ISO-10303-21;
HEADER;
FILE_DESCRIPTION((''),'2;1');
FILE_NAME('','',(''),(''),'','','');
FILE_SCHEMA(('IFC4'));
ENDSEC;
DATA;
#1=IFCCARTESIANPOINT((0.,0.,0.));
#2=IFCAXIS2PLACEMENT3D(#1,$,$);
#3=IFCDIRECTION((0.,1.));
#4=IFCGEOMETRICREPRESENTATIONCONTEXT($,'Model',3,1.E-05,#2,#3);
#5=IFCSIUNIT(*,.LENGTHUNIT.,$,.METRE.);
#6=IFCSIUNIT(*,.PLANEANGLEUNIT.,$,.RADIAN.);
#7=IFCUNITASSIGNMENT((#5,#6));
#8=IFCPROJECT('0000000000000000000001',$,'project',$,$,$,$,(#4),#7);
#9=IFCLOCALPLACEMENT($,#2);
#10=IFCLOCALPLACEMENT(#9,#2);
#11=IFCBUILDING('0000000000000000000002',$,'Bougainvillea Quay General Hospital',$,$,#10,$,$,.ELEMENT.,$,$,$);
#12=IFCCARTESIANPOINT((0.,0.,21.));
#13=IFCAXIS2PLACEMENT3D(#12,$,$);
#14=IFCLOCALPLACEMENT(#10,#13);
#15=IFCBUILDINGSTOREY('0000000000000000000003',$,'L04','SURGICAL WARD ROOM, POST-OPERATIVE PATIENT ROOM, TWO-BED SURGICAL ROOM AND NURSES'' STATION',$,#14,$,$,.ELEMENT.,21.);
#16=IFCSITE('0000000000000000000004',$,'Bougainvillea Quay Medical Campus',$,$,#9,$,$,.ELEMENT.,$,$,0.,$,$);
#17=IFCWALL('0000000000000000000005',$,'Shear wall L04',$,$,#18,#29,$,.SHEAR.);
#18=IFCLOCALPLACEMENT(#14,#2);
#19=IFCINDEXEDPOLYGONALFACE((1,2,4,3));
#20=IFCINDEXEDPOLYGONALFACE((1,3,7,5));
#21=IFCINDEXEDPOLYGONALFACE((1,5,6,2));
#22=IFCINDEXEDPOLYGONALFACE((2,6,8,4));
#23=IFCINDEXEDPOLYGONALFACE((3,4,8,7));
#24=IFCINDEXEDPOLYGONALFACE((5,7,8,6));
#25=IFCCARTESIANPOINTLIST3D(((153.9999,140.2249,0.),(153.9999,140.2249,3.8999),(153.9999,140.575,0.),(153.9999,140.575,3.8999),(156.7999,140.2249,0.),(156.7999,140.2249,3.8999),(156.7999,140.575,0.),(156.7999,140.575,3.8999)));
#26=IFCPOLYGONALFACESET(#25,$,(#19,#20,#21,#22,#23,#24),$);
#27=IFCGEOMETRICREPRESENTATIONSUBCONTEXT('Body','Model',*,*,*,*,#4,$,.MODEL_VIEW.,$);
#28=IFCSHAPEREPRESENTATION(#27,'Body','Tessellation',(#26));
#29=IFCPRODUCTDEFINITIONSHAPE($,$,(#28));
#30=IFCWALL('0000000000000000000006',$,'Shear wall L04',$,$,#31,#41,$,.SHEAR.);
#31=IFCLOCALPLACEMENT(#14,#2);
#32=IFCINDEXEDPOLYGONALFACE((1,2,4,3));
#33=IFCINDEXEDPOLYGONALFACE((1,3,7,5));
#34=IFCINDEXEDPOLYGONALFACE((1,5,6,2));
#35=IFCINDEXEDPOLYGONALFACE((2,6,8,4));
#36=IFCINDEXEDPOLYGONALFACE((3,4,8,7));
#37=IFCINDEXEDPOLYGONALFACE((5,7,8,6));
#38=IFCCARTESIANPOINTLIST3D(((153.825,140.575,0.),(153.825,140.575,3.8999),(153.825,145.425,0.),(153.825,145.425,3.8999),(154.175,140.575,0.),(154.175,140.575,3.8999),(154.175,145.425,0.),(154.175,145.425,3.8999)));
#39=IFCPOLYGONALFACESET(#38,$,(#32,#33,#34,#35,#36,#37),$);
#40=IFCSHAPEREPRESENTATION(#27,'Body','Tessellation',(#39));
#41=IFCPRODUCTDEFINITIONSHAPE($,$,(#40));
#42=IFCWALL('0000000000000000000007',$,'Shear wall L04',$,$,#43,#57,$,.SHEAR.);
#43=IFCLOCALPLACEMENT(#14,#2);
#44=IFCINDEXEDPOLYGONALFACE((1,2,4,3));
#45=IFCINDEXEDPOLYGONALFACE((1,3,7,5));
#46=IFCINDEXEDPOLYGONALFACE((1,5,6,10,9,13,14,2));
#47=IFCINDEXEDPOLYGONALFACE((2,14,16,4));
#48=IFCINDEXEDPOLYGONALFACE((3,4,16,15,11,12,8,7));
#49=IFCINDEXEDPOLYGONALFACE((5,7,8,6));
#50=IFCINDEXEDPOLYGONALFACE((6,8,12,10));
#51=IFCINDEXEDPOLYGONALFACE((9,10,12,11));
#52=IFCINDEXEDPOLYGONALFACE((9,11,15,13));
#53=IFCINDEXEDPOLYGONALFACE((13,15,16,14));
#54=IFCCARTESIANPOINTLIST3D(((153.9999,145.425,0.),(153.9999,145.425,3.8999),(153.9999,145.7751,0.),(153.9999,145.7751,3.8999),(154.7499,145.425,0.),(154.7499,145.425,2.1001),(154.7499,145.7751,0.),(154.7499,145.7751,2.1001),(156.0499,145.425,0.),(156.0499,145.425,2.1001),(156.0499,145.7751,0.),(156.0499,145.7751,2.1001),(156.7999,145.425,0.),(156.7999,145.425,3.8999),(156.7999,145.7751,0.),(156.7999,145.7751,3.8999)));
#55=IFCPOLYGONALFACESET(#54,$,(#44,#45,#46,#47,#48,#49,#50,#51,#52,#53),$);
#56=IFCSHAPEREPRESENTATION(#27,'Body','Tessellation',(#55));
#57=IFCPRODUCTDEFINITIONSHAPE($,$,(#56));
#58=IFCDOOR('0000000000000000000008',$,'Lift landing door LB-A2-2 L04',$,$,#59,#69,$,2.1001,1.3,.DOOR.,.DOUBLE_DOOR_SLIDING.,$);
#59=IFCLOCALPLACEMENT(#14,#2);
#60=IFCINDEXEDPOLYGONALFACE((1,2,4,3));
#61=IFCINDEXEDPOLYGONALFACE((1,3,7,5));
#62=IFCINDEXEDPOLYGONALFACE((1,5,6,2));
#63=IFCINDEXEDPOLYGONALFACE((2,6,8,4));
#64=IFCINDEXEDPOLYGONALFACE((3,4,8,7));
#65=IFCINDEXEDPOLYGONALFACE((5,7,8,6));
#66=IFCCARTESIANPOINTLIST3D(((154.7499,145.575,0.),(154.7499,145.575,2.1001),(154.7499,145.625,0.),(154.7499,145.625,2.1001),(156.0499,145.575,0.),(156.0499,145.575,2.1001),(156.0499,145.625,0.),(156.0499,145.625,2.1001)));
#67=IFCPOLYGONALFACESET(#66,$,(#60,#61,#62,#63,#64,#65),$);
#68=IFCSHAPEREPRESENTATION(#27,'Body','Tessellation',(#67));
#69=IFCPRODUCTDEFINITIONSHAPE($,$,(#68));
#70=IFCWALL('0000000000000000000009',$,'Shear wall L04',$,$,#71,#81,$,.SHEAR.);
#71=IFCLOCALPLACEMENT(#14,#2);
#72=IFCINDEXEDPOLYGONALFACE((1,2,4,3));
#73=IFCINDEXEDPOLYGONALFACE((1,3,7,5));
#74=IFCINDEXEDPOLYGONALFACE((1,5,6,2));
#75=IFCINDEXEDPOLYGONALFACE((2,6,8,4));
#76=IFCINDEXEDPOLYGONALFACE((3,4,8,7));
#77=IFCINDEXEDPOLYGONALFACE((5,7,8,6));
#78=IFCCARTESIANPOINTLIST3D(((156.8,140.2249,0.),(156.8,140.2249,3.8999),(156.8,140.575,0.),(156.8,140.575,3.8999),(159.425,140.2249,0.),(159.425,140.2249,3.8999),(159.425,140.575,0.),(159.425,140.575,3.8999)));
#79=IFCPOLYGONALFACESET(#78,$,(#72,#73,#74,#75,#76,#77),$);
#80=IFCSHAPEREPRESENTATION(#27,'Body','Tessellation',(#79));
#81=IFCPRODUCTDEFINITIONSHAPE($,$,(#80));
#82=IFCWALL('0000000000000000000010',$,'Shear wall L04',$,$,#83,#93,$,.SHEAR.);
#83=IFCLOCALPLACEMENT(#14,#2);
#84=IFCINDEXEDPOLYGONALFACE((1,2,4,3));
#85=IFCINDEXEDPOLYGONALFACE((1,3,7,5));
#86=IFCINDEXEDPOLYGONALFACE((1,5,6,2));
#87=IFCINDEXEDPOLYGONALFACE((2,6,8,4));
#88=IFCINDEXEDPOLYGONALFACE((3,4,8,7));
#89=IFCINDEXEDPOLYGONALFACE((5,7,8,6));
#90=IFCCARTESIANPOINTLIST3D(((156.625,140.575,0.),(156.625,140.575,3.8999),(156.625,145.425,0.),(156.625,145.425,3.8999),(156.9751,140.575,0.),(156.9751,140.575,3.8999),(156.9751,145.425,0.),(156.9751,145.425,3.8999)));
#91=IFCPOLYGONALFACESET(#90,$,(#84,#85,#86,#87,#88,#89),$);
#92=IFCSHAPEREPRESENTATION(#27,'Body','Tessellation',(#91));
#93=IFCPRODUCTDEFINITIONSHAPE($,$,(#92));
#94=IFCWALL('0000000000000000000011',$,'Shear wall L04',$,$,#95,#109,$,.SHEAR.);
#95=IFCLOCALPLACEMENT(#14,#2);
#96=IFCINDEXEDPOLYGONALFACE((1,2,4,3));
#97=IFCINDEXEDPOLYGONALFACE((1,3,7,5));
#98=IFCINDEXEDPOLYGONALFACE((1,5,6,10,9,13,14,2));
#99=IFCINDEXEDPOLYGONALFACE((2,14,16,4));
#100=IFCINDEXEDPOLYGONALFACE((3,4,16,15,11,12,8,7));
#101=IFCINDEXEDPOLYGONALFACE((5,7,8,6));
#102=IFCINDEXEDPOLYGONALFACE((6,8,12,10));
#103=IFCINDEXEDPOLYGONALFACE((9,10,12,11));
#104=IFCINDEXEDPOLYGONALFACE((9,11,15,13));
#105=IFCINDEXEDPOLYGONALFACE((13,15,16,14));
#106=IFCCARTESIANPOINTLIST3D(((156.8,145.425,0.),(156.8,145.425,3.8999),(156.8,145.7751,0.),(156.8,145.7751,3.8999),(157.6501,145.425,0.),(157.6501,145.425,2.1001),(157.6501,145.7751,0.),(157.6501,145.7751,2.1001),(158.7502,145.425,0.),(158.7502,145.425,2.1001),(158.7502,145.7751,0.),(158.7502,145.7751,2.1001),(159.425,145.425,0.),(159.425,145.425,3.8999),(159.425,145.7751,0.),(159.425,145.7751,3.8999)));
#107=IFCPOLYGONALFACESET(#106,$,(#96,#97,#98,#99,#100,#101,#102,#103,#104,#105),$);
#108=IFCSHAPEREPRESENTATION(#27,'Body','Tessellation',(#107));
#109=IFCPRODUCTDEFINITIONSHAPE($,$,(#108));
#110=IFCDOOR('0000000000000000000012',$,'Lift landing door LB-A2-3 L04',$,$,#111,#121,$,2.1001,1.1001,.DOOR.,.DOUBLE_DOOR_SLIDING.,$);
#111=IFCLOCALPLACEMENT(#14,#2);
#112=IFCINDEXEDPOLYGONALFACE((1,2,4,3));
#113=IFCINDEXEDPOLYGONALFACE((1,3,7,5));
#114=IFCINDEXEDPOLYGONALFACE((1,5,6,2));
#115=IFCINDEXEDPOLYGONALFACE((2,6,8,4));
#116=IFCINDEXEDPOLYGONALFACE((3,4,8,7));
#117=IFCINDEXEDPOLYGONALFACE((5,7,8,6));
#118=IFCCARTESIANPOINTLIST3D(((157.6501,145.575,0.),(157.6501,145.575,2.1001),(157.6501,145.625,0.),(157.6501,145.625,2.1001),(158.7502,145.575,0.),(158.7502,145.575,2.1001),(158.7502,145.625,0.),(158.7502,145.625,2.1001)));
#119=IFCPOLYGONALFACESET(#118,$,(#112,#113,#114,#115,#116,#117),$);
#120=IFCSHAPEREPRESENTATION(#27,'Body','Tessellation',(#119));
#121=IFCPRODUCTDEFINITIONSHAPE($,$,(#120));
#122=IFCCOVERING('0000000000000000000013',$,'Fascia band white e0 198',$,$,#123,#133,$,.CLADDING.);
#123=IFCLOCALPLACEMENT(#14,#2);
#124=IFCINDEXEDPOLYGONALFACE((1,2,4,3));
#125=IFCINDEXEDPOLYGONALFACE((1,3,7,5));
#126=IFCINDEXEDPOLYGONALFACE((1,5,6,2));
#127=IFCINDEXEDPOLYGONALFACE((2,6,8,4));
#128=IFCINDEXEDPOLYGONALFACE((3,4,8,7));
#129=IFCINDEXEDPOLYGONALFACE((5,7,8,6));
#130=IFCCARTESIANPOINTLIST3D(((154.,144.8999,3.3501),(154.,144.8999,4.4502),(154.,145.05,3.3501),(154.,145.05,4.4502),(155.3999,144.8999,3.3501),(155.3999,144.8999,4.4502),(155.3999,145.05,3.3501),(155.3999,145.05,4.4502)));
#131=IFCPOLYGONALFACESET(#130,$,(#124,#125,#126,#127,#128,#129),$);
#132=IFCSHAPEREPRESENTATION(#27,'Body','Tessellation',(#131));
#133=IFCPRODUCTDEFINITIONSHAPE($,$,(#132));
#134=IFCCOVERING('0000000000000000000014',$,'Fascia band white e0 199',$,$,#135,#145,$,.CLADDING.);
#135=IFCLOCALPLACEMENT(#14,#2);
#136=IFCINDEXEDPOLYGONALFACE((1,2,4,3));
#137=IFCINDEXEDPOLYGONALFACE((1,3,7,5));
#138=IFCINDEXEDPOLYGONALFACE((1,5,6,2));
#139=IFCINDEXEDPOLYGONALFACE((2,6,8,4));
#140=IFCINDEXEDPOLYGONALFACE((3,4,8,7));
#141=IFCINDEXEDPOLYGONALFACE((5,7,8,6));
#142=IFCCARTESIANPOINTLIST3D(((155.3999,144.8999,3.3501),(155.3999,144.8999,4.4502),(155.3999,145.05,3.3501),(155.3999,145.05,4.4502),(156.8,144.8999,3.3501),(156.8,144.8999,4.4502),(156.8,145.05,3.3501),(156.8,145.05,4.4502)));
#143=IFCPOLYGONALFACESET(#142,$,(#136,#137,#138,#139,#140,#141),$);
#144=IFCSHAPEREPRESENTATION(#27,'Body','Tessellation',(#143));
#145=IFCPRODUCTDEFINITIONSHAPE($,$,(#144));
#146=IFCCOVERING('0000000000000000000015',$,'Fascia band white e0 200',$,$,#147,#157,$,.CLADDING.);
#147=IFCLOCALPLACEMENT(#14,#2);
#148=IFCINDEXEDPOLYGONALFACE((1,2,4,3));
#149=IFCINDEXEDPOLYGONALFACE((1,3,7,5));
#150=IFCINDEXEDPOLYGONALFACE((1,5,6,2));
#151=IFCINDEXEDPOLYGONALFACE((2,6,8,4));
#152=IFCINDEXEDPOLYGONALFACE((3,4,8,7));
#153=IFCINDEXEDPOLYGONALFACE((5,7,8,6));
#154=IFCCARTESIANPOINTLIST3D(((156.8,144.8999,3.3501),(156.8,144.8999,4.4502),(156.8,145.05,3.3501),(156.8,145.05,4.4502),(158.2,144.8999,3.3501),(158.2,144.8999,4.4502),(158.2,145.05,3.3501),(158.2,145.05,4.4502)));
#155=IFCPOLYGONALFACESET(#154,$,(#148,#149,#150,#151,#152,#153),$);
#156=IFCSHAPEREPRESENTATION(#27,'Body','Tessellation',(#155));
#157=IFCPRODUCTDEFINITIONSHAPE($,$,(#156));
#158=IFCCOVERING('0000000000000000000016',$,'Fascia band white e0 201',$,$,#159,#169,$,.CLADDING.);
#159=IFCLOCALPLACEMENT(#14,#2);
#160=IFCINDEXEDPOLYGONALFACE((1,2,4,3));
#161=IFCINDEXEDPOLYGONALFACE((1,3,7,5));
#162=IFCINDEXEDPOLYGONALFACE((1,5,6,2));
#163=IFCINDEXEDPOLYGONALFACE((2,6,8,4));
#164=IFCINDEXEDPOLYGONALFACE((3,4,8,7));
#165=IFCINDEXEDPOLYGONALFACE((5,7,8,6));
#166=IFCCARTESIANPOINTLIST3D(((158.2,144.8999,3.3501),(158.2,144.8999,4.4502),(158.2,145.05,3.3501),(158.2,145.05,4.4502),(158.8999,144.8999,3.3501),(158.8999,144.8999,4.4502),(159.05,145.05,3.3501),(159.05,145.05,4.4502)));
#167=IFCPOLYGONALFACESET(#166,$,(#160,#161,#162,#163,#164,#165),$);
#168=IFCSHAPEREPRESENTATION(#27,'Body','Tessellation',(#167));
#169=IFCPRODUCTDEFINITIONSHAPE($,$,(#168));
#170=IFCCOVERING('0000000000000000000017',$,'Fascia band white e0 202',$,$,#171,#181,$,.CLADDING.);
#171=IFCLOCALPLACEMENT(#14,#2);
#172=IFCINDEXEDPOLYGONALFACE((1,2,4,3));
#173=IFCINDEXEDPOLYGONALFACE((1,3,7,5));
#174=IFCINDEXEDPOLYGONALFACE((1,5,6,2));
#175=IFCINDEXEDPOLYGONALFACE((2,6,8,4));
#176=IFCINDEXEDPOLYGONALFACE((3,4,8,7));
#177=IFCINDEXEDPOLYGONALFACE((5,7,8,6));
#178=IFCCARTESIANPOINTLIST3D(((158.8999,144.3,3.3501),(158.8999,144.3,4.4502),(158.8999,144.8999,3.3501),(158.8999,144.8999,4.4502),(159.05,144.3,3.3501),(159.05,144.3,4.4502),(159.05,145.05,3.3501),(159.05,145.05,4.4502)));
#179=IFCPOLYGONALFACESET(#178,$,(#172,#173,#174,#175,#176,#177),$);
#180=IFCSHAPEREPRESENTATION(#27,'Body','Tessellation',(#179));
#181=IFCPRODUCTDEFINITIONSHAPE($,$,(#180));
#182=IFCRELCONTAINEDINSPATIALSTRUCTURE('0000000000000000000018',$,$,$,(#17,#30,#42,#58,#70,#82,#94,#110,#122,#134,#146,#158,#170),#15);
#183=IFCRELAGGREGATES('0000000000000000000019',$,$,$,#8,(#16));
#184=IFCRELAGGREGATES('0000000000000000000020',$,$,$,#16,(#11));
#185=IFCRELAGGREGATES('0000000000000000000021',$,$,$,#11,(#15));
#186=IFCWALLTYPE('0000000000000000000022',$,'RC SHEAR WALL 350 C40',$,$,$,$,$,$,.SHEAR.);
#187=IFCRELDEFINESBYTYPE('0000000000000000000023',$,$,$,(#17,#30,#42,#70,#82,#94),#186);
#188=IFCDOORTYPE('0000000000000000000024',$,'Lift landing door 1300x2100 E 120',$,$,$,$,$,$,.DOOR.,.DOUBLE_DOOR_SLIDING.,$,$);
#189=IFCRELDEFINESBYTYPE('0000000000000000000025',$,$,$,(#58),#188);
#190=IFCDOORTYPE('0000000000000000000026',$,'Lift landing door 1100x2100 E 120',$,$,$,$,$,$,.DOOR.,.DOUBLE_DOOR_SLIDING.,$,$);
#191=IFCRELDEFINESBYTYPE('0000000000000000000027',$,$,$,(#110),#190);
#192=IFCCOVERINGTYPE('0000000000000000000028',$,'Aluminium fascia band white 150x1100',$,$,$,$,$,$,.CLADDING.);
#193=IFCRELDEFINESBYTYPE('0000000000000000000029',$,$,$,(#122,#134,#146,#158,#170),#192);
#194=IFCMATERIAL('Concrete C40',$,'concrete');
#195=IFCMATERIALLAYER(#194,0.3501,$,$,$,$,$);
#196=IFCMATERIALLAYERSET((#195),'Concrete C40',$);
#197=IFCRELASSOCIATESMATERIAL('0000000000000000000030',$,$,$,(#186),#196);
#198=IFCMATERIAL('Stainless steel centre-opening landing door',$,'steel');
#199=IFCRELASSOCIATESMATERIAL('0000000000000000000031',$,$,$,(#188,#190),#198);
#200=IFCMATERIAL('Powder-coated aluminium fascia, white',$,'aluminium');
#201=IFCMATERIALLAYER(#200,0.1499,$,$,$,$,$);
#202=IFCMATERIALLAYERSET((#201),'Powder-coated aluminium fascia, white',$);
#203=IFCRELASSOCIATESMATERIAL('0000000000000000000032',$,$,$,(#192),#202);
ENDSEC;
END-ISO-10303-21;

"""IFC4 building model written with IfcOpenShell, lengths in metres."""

from ifc_helpers import new_model, si_unit, direction, frame, frame_2d, origin, place, context, subcontext, project, spatial, polyline, rectangle, outline, extrude, material, layer, layer_set, type_object, element, fill, save


model = new_model("IFC4")

# Units and contexts
model_context = context("Model", 3, precision=1e-05, world=origin(), true_north=direction((0.0, 1.0)))
body_context = subcontext(model_context, "Body", "Model", "MODEL_VIEW")
ifc_project = project(units=[si_unit("LENGTHUNIT", "METRE"), si_unit("PLANEANGLEUNIT", "RADIAN")], contexts=[model_context])

# Site, building, storey
site_placement = place(None, origin())
site = spatial("IfcSite", under=ifc_project, at=site_placement, Name="Bougainvillea Quay Medical Campus", CompositionType="ELEMENT", RefElevation=0.0)
building_placement = place(site_placement, origin())
building = spatial("IfcBuilding", under=site, at=building_placement, Name="Bougainvillea Quay General Hospital", CompositionType="ELEMENT")
storey_placement = place(building_placement, frame((0.0, 0.0, 21.0)))
storey = spatial("IfcBuildingStorey", under=building, at=storey_placement, Name="L04", Description="SURGICAL WARD ROOM, POST-OPERATIVE PATIENT ROOM, TWO-BED SURGICAL ROOM AND NURSES' STATION", CompositionType="ELEMENT", Elevation=21.0)

# Walls
ifc_material_1 = material(Name="Concrete C40", Category="concrete")
ifc_layer_1 = layer(ifc_material_1, 0.3501)
ifc_layer_set_1 = layer_set([ifc_layer_1], Name="Concrete C40")
wall_type = type_object("IfcWallType", Name="RC SHEAR WALL 350 C40", PredefinedType="SHEAR", material=ifc_layer_set_1)
wall_1_placement = place(storey_placement, frame((154.0, 140.3999, 0.0), z_axis=(0.0, 0.0, 1.0), x_axis=(1.0, 0.0, 0.0)))
element("IfcWall", 1, at=wall_1_placement, inside=storey, type_object=wall_type, Name="Shear wall L04", PredefinedType="SHEAR", context=body_context, shape_type="SweptSolid", body=[
    extrude(rectangle(XDim=2.8, YDim=0.3501, at=frame_2d((1.3999, 0.0))), origin(), (0.0, 0.0, 1.0), 3.8999),
])
wall_2_placement = place(storey_placement, frame((154.0, 140.575, 0.0), z_axis=(0.0, 0.0, 1.0), x_axis=(0.0, 1.0, 0.0)))
element("IfcWall", 2, at=wall_2_placement, inside=storey, type_object=wall_type, Name="Shear wall L04", PredefinedType="SHEAR", context=body_context, shape_type="SweptSolid", body=[
    extrude(rectangle(XDim=4.8501, YDim=0.3501, at=frame_2d((2.425, 0.0))), origin(), (0.0, 0.0, 1.0), 3.8999),
])

# Wall, opening, door
wall_3_placement = place(storey_placement, frame((154.0, 145.6001, 0.0), z_axis=(0.0, 0.0, 1.0), x_axis=(1.0, 0.0, 0.0)))
wall_3 = element("IfcWall", 3, at=wall_3_placement, inside=storey, type_object=wall_type, Name="Shear wall L04", PredefinedType="SHEAR", context=body_context, shape_type="SweptSolid", body=[
    extrude(rectangle(XDim=2.8, YDim=0.3501, at=frame_2d((1.3999, 0.0))), origin(), (0.0, 0.0, 1.0), 3.8999),
])
opening_1_placement = place(wall_3_placement, frame((0.75, 0.0, 0.0)))
opening_1 = element("IfcOpeningElement", 4, at=opening_1_placement, cuts=wall_3, PredefinedType="OPENING", context=body_context, shape_type="SweptSolid", body=[
    extrude(rectangle(XDim=1.3, YDim=2.1001, at=frame_2d((0.6499, 1.05))), frame((0.0, 0.1851, 0.0), z_axis=(0.0, -1.0, 0.0), x_axis=(1.0, 0.0, 0.0)), (0.0, 0.0, 1.0), 0.3701),
])
ifc_material_2 = material(Name="Stainless steel centre-opening landing door", Category="steel")
door_type_1 = type_object("IfcDoorType", Name="Lift landing door 1300x2100 E 120", OperationType="DOUBLE_DOOR_SLIDING", PredefinedType="DOOR", material=ifc_material_2)
door_1_placement = place(opening_1_placement, origin())
door_1 = element("IfcDoor", 5, at=door_1_placement, inside=storey, type_object=door_type_1, Name="Lift landing door LB-A2-2 L04", OperationType="DOUBLE_DOOR_SLIDING", OverallHeight=2.1001, OverallWidth=1.3, PredefinedType="DOOR", context=body_context, shape_type="SweptSolid", body=[
    extrude(rectangle(XDim=1.3, YDim=2.1001, at=frame_2d((0.6499, 1.05))), frame((0.0, 0.0249, 0.0), z_axis=(0.0, -1.0, 0.0), x_axis=(1.0, 0.0, 0.0)), (0.0, 0.0, 1.0), 0.05),
])
fill(opening_1, door_1)

# Walls
wall_4_placement = place(storey_placement, frame((156.8, 140.3999, 0.0), z_axis=(0.0, 0.0, 1.0), x_axis=(1.0, 0.0, 0.0)))
element("IfcWall", 6, at=wall_4_placement, inside=storey, type_object=wall_type, Name="Shear wall L04", PredefinedType="SHEAR", context=body_context, shape_type="SweptSolid", body=[
    extrude(rectangle(XDim=2.625, YDim=0.3501, at=frame_2d((1.3125, 0.0))), origin(), (0.0, 0.0, 1.0), 3.8999),
])
wall_5_placement = place(storey_placement, frame((156.8, 140.575, 0.0), z_axis=(0.0, 0.0, 1.0), x_axis=(0.0, 1.0, 0.0)))
element("IfcWall", 7, at=wall_5_placement, inside=storey, type_object=wall_type, Name="Shear wall L04", PredefinedType="SHEAR", context=body_context, shape_type="SweptSolid", body=[
    extrude(rectangle(XDim=4.8501, YDim=0.3501, at=frame_2d((2.425, 0.0))), origin(), (0.0, 0.0, 1.0), 3.8999),
])

# Wall, opening, door
wall_6_placement = place(storey_placement, frame((156.8, 145.6001, 0.0), z_axis=(0.0, 0.0, 1.0), x_axis=(1.0, 0.0, 0.0)))
wall_6 = element("IfcWall", 8, at=wall_6_placement, inside=storey, type_object=wall_type, Name="Shear wall L04", PredefinedType="SHEAR", context=body_context, shape_type="SweptSolid", body=[
    extrude(rectangle(XDim=2.625, YDim=0.3501, at=frame_2d((1.3125, 0.0))), origin(), (0.0, 0.0, 1.0), 3.8999),
])
opening_2_placement = place(wall_6_placement, frame((0.8501, 0.0, 0.0)))
opening_2 = element("IfcOpeningElement", 9, at=opening_2_placement, cuts=wall_6, PredefinedType="OPENING", context=body_context, shape_type="SweptSolid", body=[
    extrude(rectangle(XDim=1.1001, YDim=2.1001, at=frame_2d((0.55, 1.05))), frame((0.0, 0.1851, 0.0), z_axis=(0.0, -1.0, 0.0), x_axis=(1.0, 0.0, 0.0)), (0.0, 0.0, 1.0), 0.3701),
])
door_type_2 = type_object("IfcDoorType", Name="Lift landing door 1100x2100 E 120", OperationType="DOUBLE_DOOR_SLIDING", PredefinedType="DOOR", material=ifc_material_2)
door_2_placement = place(opening_2_placement, origin())
door_2 = element("IfcDoor", 10, at=door_2_placement, inside=storey, type_object=door_type_2, Name="Lift landing door LB-A2-3 L04", OperationType="DOUBLE_DOOR_SLIDING", OverallHeight=2.1001, OverallWidth=1.1001, PredefinedType="DOOR", context=body_context, shape_type="SweptSolid", body=[
    extrude(rectangle(XDim=1.1001, YDim=2.1001, at=frame_2d((0.55, 1.05))), frame((0.0, 0.0249, 0.0), z_axis=(0.0, -1.0, 0.0), x_axis=(1.0, 0.0, 0.0)), (0.0, 0.0, 1.0), 0.05),
])
fill(opening_2, door_2)

# Coverings
ifc_material_3 = material(Name="Powder-coated aluminium fascia, white", Category="aluminium")
ifc_layer_2 = layer(ifc_material_3, 0.1499)
ifc_layer_set_2 = layer_set([ifc_layer_2], Name="Powder-coated aluminium fascia, white")
covering_type = type_object("IfcCoveringType", Name="Aluminium fascia band white 150x1100", PredefinedType="CLADDING", material=ifc_layer_set_2)
covering_1_placement = place(storey_placement, frame((154.0, 145.05, 3.3501), z_axis=(0.0, 0.0, 1.0), x_axis=(1.0, 0.0, 0.0)))
element("IfcCovering", 11, at=covering_1_placement, inside=storey, type_object=covering_type, Name="Fascia band white e0 198", PredefinedType="CLADDING", context=body_context, shape_type="SweptSolid", body=[
    extrude(outline(polyline([(0.0, 0.0), (1.3999, 0.0), (1.3999, -0.1501), (0.0, -0.1501), (0.0, 0.0)])), origin(), (0.0, 0.0, 1.0), 1.1001),
])
covering_2_placement = place(storey_placement, frame((155.3999, 145.05, 3.3501), z_axis=(0.0, 0.0, 1.0), x_axis=(1.0, 0.0, 0.0)))
element("IfcCovering", 12, at=covering_2_placement, inside=storey, type_object=covering_type, Name="Fascia band white e0 199", PredefinedType="CLADDING", context=body_context, shape_type="SweptSolid", body=[
    extrude(outline(polyline([(0.0, 0.0), (1.4001, 0.0), (1.4001, -0.1501), (0.0, -0.1501), (0.0, 0.0)])), origin(), (0.0, 0.0, 1.0), 1.1001),
])
covering_3_placement = place(storey_placement, frame((156.8, 145.05, 3.3501), z_axis=(0.0, 0.0, 1.0), x_axis=(1.0, 0.0, 0.0)))
element("IfcCovering", 13, at=covering_3_placement, inside=storey, type_object=covering_type, Name="Fascia band white e0 200", PredefinedType="CLADDING", context=body_context, shape_type="SweptSolid", body=[
    extrude(outline(polyline([(0.0, 0.0), (1.3999, 0.0), (1.3999, -0.1501), (0.0, -0.1501), (0.0, 0.0)])), origin(), (0.0, 0.0, 1.0), 1.1001),
])
covering_4_placement = place(storey_placement, frame((158.2, 145.05, 3.3501), z_axis=(0.0, 0.0, 1.0), x_axis=(1.0, 0.0, 0.0)))
element("IfcCovering", 14, at=covering_4_placement, inside=storey, type_object=covering_type, Name="Fascia band white e0 201", PredefinedType="CLADDING", context=body_context, shape_type="SweptSolid", body=[
    extrude(outline(polyline([(0.0, 0.0), (0.8501, 0.0), (0.7, -0.1501), (0.0, -0.1501), (0.0, 0.0)])), origin(), (0.0, 0.0, 1.0), 1.1001),
])
covering_5_placement = place(storey_placement, frame((159.05, 145.05, 3.3501), z_axis=(0.0, 0.0, 1.0), x_axis=(0.0, -1.0, 0.0)))
element("IfcCovering", 15, at=covering_5_placement, inside=storey, type_object=covering_type, Name="Fascia band white e0 202", PredefinedType="CLADDING", context=body_context, shape_type="SweptSolid", body=[
    extrude(outline(polyline([(0.0, 0.0), (0.75, 0.0), (0.75, -0.1501), (0.1501, -0.1501), (0.0, 0.0)])), origin(), (0.0, 0.0, 1.0), 1.1001),
])

save(model, "model.ifc")
